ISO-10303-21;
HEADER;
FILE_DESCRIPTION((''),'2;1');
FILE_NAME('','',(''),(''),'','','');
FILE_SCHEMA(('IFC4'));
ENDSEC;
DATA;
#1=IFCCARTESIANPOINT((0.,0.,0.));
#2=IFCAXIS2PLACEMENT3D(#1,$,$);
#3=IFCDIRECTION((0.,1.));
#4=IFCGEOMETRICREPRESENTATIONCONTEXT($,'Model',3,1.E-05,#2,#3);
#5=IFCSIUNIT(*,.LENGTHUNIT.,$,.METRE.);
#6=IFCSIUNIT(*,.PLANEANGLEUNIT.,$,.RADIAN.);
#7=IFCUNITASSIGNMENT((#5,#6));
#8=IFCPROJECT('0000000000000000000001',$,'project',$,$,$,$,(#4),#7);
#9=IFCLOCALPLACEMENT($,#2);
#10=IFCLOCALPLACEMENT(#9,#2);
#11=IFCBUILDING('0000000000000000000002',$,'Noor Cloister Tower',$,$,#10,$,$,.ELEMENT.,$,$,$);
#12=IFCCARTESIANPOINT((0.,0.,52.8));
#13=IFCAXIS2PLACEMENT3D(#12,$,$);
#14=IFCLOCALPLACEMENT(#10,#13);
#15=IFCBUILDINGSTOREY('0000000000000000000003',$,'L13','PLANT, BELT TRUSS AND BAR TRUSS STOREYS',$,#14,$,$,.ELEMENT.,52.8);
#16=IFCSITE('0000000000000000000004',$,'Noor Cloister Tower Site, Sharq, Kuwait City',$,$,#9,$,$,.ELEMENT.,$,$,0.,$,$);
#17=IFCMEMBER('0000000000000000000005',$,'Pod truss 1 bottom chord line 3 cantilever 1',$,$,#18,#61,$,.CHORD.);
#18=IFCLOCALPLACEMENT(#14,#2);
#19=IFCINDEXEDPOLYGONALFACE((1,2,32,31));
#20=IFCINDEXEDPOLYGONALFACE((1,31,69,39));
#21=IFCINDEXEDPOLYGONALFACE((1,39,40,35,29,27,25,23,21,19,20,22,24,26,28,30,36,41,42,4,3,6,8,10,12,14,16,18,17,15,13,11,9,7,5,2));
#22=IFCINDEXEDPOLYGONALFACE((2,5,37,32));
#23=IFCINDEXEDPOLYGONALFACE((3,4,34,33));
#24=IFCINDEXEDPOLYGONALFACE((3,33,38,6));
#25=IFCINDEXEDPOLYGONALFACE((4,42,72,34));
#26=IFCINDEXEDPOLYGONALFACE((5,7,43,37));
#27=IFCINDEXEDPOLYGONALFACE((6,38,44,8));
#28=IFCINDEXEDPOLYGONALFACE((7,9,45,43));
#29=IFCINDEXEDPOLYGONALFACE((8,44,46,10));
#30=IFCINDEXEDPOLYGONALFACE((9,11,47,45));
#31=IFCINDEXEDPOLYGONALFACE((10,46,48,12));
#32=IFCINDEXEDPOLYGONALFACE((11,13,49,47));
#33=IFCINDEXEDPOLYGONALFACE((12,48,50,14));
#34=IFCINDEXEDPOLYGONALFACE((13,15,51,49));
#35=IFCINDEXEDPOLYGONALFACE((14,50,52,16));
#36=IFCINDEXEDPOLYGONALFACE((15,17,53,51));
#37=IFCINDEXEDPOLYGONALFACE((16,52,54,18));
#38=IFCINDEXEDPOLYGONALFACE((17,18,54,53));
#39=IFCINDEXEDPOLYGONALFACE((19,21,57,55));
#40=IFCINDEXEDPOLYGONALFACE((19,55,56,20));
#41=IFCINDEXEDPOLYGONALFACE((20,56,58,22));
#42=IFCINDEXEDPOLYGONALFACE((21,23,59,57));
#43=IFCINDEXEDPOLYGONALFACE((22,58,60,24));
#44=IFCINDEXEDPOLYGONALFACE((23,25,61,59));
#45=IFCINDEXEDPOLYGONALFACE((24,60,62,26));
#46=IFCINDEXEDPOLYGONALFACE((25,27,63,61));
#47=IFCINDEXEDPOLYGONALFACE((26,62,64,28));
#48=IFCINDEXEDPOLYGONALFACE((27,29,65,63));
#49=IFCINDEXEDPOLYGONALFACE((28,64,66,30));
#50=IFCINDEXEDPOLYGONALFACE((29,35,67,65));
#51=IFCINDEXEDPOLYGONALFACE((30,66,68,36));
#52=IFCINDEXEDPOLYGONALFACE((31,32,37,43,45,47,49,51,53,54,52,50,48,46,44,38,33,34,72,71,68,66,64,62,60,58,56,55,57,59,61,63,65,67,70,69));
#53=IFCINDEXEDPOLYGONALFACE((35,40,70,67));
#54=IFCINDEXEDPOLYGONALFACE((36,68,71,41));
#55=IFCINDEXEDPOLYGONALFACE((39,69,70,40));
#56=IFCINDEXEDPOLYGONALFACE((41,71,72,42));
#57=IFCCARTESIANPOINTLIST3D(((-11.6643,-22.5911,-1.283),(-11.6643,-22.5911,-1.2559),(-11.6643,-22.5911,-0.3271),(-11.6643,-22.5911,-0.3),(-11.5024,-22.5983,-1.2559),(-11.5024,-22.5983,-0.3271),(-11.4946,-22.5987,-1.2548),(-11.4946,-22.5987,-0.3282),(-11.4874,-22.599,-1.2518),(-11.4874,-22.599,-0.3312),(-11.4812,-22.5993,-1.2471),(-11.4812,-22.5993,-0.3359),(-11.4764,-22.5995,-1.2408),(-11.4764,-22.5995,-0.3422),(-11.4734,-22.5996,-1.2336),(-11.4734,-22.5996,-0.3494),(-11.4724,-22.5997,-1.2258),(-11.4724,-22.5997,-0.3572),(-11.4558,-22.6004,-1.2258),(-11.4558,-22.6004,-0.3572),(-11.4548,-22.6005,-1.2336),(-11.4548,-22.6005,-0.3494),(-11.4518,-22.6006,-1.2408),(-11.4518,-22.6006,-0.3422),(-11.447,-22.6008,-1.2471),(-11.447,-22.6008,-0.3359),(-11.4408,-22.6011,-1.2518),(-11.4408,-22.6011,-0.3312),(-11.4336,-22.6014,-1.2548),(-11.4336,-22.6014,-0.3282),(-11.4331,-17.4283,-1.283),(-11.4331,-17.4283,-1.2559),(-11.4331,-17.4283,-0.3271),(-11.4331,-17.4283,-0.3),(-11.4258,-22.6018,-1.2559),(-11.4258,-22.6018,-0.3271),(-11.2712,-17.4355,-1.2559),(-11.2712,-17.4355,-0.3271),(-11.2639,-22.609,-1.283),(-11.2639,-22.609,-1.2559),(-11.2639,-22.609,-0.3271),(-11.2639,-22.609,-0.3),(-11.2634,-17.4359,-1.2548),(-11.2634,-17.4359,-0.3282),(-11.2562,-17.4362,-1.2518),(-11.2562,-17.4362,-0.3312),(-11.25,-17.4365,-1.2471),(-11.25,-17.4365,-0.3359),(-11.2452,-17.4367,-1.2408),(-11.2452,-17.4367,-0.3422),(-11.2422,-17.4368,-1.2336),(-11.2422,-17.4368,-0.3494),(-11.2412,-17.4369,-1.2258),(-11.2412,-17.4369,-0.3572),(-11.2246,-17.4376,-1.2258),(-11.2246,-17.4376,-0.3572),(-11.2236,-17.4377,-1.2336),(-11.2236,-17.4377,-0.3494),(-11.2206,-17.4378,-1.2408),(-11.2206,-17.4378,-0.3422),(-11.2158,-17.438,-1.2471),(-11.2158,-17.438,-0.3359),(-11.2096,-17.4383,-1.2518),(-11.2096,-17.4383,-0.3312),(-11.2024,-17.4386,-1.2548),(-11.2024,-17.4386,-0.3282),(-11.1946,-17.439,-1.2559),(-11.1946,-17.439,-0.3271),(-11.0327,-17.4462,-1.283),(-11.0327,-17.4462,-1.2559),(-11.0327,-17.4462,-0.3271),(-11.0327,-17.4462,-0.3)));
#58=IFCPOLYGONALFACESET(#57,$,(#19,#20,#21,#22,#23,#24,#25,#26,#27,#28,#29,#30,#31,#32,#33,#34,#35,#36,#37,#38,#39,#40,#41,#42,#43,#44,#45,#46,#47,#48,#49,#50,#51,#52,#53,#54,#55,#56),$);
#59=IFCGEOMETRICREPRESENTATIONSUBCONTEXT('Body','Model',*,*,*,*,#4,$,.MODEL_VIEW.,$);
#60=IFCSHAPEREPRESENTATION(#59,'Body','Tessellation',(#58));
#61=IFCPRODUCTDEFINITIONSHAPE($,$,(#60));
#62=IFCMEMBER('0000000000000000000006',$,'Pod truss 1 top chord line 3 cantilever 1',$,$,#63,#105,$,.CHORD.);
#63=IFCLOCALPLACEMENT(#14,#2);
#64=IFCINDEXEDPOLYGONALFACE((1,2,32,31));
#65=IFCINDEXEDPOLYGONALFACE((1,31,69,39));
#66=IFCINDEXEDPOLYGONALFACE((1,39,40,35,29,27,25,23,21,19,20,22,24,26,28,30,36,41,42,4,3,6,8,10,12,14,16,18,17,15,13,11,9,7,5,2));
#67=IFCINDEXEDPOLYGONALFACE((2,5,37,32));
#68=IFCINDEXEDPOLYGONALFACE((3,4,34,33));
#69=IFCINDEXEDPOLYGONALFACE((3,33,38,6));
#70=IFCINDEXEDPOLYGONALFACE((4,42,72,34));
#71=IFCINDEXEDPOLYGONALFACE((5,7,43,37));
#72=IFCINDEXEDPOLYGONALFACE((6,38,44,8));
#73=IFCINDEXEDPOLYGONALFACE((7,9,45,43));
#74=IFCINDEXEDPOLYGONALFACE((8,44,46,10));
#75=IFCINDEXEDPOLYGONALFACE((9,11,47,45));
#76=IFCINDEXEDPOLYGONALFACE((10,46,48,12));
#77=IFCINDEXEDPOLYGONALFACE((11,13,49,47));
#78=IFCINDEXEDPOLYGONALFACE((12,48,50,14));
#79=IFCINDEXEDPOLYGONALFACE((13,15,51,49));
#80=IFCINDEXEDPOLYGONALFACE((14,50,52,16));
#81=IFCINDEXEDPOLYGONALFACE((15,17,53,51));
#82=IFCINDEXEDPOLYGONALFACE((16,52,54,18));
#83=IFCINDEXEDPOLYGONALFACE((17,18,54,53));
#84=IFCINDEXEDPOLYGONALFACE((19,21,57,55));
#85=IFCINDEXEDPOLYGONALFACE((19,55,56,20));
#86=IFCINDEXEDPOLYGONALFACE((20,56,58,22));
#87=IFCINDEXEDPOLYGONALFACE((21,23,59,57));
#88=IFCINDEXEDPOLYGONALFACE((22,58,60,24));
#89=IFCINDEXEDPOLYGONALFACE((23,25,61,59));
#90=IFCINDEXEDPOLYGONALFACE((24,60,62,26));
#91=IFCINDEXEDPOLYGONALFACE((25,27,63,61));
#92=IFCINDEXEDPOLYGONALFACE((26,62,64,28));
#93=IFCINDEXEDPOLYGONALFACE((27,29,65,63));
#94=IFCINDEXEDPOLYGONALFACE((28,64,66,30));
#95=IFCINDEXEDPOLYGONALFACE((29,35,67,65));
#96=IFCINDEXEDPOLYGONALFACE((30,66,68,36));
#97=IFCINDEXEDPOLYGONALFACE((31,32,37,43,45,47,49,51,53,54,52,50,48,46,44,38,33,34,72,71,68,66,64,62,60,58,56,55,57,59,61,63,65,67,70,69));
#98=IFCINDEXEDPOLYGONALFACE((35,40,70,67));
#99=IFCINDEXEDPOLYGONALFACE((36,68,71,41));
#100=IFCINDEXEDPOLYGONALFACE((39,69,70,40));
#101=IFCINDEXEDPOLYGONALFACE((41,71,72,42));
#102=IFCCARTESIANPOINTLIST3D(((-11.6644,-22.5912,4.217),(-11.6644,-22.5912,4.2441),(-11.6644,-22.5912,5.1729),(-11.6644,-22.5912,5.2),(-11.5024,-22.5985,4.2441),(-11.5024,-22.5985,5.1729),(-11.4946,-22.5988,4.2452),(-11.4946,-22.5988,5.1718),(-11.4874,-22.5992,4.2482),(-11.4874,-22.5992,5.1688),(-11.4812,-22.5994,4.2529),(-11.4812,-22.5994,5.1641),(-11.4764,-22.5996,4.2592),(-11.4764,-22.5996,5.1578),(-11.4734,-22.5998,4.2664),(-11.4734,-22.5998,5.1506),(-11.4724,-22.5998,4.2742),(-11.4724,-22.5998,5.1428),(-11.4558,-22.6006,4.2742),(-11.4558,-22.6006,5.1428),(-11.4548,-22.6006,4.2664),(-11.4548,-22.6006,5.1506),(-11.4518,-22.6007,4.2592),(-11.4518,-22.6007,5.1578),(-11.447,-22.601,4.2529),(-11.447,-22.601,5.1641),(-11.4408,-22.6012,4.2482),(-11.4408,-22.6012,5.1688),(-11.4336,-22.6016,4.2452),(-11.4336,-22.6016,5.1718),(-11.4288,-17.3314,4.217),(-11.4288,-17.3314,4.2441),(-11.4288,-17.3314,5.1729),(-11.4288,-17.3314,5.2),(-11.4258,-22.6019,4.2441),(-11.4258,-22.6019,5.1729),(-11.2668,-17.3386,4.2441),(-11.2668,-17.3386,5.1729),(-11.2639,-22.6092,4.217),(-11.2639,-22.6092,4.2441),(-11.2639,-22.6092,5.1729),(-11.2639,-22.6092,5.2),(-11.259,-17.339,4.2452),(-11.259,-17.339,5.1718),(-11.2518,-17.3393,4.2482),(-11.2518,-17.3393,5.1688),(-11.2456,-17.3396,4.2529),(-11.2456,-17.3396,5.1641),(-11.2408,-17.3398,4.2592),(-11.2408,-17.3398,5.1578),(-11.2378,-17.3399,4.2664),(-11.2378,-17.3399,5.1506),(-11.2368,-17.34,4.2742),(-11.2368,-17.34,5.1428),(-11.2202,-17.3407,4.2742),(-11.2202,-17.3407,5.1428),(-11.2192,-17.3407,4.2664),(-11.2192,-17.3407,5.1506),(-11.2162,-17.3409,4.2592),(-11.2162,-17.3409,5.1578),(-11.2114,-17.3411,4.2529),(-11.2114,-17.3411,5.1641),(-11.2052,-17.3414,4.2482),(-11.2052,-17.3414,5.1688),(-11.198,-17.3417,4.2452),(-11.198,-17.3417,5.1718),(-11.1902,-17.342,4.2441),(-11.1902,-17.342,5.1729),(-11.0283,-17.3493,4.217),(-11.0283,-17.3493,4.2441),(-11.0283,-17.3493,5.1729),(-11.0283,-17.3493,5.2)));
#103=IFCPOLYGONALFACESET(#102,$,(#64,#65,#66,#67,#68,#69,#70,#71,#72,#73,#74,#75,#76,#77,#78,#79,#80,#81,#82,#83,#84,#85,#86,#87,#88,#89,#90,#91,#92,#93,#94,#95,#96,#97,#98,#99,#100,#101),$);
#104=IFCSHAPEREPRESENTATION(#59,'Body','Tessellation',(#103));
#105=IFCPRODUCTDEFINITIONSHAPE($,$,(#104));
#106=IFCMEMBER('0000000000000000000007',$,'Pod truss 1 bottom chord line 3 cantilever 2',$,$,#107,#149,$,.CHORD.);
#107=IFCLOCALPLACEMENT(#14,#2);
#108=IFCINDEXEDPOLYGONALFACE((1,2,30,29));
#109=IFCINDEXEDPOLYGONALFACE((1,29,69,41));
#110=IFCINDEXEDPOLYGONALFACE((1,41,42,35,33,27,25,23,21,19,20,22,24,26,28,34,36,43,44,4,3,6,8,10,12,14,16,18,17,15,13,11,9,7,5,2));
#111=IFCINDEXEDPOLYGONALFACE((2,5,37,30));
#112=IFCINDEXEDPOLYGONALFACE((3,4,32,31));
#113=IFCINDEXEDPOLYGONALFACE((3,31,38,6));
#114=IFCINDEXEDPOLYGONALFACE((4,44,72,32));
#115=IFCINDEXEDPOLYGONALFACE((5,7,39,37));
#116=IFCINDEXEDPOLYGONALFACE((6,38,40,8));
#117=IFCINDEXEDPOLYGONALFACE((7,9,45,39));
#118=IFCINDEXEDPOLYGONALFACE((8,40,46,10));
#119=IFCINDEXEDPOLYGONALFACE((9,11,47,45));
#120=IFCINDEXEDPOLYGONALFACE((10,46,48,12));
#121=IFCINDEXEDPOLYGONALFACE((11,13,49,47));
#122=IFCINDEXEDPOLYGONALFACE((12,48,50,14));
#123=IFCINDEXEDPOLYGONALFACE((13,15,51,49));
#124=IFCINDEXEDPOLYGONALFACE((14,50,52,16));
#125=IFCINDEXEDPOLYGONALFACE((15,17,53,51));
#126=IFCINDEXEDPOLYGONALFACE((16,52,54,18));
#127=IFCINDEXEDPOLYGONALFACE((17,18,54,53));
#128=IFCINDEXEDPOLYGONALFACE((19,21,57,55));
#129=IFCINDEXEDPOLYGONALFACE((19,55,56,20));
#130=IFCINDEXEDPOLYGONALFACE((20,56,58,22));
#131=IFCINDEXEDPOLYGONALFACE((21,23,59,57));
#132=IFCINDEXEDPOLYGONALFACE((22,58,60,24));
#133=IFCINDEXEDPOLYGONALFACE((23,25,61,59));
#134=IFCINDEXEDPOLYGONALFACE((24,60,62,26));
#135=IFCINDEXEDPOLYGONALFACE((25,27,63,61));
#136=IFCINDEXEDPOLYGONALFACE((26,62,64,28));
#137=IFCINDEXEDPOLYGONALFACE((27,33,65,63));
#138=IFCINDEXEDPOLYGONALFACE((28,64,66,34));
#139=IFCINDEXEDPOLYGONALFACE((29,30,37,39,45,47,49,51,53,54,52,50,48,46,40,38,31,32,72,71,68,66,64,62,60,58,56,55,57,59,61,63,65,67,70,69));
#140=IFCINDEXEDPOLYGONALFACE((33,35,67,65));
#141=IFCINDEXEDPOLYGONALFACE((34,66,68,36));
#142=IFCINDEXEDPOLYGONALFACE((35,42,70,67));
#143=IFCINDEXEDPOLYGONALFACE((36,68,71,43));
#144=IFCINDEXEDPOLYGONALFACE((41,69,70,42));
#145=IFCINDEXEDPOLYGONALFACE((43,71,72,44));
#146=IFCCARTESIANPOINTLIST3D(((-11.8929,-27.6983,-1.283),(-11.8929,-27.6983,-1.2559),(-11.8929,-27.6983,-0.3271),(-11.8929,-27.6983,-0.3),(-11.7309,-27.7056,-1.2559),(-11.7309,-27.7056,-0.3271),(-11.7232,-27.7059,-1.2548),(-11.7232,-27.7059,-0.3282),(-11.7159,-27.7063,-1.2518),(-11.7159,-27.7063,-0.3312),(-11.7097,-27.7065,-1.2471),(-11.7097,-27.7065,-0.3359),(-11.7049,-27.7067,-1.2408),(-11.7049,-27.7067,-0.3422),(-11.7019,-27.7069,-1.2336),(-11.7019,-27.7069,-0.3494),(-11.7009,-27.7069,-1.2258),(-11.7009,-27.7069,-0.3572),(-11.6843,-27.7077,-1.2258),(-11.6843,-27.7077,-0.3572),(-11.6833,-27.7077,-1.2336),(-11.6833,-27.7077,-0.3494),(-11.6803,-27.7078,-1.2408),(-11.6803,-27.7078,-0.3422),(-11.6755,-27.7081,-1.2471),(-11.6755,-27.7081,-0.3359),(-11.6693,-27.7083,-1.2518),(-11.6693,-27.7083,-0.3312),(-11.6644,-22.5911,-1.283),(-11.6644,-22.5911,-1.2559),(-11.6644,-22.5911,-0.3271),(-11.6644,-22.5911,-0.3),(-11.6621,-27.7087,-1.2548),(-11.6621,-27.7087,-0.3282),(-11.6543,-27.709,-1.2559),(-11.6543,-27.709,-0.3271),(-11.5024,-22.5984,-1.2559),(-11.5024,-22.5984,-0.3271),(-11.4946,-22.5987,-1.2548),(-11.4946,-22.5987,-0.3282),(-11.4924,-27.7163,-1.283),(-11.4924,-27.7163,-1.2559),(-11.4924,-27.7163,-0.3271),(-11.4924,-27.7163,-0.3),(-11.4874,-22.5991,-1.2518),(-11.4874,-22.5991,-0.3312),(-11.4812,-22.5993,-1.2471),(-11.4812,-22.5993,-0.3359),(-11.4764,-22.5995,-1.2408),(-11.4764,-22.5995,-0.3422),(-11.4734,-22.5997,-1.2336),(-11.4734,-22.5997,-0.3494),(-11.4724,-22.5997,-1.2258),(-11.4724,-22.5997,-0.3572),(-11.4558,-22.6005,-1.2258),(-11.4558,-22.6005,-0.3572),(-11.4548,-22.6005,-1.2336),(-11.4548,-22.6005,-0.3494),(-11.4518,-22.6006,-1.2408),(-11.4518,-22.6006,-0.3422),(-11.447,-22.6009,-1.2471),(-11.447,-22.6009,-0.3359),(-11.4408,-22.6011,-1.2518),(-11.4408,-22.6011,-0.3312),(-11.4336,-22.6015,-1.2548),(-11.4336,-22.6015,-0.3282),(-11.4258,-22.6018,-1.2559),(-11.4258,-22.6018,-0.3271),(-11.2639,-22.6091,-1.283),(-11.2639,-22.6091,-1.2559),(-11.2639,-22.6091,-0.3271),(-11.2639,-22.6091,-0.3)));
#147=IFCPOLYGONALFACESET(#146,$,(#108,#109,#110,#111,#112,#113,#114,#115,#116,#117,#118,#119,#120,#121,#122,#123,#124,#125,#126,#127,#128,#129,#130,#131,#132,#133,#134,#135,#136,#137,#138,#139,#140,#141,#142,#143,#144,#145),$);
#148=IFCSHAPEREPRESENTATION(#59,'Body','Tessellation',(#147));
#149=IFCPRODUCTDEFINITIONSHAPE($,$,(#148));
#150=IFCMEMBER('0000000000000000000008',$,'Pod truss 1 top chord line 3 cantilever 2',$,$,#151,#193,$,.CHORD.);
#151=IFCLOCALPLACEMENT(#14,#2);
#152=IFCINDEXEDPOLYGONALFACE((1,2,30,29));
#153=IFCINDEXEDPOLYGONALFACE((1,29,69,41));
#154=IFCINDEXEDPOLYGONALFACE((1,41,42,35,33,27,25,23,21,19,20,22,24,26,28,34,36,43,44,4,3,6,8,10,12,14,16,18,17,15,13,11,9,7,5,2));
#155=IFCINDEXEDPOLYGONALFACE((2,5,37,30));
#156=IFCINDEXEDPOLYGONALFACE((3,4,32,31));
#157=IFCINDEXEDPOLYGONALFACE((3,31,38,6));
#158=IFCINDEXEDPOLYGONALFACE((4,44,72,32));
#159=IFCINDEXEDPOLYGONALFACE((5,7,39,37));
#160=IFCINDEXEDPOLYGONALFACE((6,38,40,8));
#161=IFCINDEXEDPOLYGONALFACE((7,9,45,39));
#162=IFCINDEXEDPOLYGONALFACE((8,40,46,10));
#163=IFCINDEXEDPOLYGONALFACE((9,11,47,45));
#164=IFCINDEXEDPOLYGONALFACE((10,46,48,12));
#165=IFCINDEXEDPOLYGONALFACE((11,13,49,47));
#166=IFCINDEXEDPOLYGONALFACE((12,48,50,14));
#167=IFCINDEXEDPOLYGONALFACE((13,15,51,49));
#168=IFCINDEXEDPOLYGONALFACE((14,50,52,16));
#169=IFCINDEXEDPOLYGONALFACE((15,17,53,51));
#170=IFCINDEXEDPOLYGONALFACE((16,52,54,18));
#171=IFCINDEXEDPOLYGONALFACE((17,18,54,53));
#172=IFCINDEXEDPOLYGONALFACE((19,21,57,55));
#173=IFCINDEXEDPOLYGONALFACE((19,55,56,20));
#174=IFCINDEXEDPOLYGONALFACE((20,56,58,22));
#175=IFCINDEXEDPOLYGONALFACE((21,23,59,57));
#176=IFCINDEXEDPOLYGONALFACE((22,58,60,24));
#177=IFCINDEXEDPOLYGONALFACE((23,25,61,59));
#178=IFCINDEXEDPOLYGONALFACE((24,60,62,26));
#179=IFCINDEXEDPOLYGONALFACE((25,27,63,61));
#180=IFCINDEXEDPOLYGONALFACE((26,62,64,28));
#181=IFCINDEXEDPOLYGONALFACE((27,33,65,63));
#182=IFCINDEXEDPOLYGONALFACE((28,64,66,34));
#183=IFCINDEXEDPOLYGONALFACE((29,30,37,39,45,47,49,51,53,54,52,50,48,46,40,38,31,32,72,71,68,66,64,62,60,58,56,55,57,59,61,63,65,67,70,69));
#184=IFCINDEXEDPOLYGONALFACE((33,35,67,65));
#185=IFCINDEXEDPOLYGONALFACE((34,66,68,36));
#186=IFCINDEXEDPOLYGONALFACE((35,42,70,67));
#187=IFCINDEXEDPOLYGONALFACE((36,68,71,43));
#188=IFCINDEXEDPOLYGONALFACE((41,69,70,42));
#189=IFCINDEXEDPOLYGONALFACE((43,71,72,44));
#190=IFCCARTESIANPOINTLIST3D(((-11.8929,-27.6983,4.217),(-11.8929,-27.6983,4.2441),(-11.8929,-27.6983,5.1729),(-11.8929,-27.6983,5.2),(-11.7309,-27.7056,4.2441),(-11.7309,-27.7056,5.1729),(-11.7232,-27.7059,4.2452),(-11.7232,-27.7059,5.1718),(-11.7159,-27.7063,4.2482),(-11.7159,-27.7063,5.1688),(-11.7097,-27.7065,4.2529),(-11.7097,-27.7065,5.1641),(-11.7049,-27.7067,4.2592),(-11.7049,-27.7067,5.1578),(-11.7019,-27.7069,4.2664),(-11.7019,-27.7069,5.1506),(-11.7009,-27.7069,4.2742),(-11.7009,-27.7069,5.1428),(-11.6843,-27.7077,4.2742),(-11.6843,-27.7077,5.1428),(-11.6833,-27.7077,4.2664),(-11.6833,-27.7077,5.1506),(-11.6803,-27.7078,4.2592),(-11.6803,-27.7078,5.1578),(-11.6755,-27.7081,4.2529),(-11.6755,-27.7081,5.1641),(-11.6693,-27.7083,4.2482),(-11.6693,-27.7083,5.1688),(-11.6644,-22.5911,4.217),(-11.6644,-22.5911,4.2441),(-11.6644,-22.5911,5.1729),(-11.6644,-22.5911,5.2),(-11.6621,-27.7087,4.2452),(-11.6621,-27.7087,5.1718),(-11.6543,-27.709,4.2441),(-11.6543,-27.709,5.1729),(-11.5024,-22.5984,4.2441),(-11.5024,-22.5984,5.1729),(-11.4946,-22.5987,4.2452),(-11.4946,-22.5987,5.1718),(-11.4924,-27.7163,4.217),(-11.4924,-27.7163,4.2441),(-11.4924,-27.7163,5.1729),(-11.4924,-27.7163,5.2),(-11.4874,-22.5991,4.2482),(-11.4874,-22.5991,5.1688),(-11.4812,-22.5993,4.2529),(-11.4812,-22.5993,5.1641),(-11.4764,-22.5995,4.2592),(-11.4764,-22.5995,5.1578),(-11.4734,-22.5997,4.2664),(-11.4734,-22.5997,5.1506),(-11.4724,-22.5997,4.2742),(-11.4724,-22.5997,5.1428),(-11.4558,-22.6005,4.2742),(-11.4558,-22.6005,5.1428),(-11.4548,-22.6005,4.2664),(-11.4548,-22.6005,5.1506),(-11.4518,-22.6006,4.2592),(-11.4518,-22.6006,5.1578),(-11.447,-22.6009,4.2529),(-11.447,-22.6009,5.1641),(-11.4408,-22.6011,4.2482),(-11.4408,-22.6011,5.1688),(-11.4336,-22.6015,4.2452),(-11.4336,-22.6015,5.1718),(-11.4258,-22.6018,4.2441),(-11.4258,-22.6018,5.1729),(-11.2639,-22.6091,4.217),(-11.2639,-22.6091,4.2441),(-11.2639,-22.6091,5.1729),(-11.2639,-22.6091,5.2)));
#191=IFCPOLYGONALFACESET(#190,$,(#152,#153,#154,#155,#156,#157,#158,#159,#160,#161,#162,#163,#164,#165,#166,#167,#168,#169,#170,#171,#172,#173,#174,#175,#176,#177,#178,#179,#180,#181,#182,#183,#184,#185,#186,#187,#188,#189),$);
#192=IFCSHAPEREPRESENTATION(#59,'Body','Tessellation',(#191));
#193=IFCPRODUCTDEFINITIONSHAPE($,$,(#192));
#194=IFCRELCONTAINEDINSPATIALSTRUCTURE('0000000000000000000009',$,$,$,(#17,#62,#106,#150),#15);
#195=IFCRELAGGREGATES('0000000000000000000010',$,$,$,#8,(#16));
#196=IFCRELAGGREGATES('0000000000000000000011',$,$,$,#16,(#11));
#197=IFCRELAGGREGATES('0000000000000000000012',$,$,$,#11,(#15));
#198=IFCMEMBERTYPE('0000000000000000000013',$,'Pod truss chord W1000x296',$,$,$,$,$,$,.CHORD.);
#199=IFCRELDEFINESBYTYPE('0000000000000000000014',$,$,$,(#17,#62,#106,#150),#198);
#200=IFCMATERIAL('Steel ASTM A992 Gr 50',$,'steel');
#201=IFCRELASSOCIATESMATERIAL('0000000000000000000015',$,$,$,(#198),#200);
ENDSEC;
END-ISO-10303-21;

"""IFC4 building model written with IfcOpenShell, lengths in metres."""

from ifc_helpers import new_model, si_unit, direction, frame, origin, origin_2d, place, context, subcontext, project, spatial, i_section, extrude, material, material_profile, profile_set, type_object, element, save


model = new_model("IFC4")

# Units and contexts
model_context = context("Model", 3, precision=1e-05, world=origin(), true_north=direction((0.0, 1.0)))
body_context = subcontext(model_context, "Body", "Model", "MODEL_VIEW")
ifc_project = project(units=[si_unit("LENGTHUNIT", "METRE"), si_unit("PLANEANGLEUNIT", "RADIAN")], contexts=[model_context])

# Site, building, storey
site_placement = place(None, origin())
site = spatial("IfcSite", under=ifc_project, at=site_placement, Name="Noor Cloister Tower Site, Sharq, Kuwait City", CompositionType="ELEMENT", RefElevation=0.0)
building_placement = place(site_placement, origin())
building = spatial("IfcBuilding", under=site, at=building_placement, Name="Noor Cloister Tower", CompositionType="ELEMENT")
storey_placement = place(building_placement, frame((0.0, 0.0, 52.8)))
storey = spatial("IfcBuildingStorey", under=building, at=storey_placement, Name="L13", Description="PLANT, BELT TRUSS AND BAR TRUSS STOREYS", CompositionType="ELEMENT", Elevation=52.8)

# Members
ifc_material_1 = material(Name="Steel ASTM A992 Gr 50", Category="steel")
ifc_material_profile_1 = material_profile(ifc_material_1, i_section(OverallWidth=0.4009, OverallDepth=0.9829, WebThickness=0.0166, FlangeThickness=0.0271, FilletRadius=0.03, at=origin_2d()), Name="W1000x296")
ifc_profile_set_1 = profile_set([ifc_material_profile_1], Name="Steel ASTM A992 Gr 50")
member_type_1 = type_object("IfcMemberType", Name="Pod truss chord W1000x296", PredefinedType="CHORD", material=ifc_profile_set_1)
member_1_placement = place(storey_placement, frame((-11.2329, -17.4373, -0.7915), z_axis=(-0.044737, -0.998999, 0.0), x_axis=(0.998999, -0.044737, 0.0)))
element("IfcMember", 1, at=member_1_placement, inside=storey, type_object=member_type_1, Name="Pod truss 1 bottom chord line 3 cantilever 1", PredefinedType="CHORD", context=body_context, shape_type="SweptSolid", body=[
    extrude(i_section(OverallWidth=0.4009, OverallDepth=0.9829, WebThickness=0.0166, FlangeThickness=0.0271, FilletRadius=0.03, at=origin_2d()), origin(), (0.0, 0.0, 1.0), 5.168),
])
member_2_placement = place(storey_placement, frame((-11.2285, -17.3403, 4.7085), z_axis=(-0.044747, -0.998998, 0.0), x_axis=(0.998998, -0.044747, 0.0)))
element("IfcMember", 2, at=member_2_placement, inside=storey, type_object=member_type_1, Name="Pod truss 1 top chord line 3 cantilever 1", PredefinedType="CHORD", context=body_context, shape_type="SweptSolid", body=[
    extrude(i_section(OverallWidth=0.4009, OverallDepth=0.9829, WebThickness=0.0166, FlangeThickness=0.0271, FilletRadius=0.03, at=origin_2d()), origin(), (0.0, 0.0, 1.0), 5.2651),
])
for number, where, z_axis, x_axis, name in (
    (3, (-11.4641, -22.6001, -0.7915), (-0.044699, -0.999, 0.0), (0.999, -0.044699, 0.0), "Pod truss 1 bottom chord line 3 cantilever 2"),
    (4, (-11.4641, -22.6001, 4.7085), (-0.044699, -0.999, 0.0), (0.999, -0.044699, 0.0), "Pod truss 1 top chord line 3 cantilever 2"),
):
    element("IfcMember", number, at=place(storey_placement, frame(where, z_axis=z_axis, x_axis=x_axis)), inside=storey, type_object=member_type_1, Name=name, PredefinedType="CHORD", context=body_context, shape_type="SweptSolid", body=[
        extrude(i_section(OverallWidth=0.4009, OverallDepth=0.9829, WebThickness=0.0166, FlangeThickness=0.0271, FilletRadius=0.03, at=origin_2d()), origin(), (0.0, 0.0, 1.0), 5.1123),
    ])

save(model, "model.ifc")
